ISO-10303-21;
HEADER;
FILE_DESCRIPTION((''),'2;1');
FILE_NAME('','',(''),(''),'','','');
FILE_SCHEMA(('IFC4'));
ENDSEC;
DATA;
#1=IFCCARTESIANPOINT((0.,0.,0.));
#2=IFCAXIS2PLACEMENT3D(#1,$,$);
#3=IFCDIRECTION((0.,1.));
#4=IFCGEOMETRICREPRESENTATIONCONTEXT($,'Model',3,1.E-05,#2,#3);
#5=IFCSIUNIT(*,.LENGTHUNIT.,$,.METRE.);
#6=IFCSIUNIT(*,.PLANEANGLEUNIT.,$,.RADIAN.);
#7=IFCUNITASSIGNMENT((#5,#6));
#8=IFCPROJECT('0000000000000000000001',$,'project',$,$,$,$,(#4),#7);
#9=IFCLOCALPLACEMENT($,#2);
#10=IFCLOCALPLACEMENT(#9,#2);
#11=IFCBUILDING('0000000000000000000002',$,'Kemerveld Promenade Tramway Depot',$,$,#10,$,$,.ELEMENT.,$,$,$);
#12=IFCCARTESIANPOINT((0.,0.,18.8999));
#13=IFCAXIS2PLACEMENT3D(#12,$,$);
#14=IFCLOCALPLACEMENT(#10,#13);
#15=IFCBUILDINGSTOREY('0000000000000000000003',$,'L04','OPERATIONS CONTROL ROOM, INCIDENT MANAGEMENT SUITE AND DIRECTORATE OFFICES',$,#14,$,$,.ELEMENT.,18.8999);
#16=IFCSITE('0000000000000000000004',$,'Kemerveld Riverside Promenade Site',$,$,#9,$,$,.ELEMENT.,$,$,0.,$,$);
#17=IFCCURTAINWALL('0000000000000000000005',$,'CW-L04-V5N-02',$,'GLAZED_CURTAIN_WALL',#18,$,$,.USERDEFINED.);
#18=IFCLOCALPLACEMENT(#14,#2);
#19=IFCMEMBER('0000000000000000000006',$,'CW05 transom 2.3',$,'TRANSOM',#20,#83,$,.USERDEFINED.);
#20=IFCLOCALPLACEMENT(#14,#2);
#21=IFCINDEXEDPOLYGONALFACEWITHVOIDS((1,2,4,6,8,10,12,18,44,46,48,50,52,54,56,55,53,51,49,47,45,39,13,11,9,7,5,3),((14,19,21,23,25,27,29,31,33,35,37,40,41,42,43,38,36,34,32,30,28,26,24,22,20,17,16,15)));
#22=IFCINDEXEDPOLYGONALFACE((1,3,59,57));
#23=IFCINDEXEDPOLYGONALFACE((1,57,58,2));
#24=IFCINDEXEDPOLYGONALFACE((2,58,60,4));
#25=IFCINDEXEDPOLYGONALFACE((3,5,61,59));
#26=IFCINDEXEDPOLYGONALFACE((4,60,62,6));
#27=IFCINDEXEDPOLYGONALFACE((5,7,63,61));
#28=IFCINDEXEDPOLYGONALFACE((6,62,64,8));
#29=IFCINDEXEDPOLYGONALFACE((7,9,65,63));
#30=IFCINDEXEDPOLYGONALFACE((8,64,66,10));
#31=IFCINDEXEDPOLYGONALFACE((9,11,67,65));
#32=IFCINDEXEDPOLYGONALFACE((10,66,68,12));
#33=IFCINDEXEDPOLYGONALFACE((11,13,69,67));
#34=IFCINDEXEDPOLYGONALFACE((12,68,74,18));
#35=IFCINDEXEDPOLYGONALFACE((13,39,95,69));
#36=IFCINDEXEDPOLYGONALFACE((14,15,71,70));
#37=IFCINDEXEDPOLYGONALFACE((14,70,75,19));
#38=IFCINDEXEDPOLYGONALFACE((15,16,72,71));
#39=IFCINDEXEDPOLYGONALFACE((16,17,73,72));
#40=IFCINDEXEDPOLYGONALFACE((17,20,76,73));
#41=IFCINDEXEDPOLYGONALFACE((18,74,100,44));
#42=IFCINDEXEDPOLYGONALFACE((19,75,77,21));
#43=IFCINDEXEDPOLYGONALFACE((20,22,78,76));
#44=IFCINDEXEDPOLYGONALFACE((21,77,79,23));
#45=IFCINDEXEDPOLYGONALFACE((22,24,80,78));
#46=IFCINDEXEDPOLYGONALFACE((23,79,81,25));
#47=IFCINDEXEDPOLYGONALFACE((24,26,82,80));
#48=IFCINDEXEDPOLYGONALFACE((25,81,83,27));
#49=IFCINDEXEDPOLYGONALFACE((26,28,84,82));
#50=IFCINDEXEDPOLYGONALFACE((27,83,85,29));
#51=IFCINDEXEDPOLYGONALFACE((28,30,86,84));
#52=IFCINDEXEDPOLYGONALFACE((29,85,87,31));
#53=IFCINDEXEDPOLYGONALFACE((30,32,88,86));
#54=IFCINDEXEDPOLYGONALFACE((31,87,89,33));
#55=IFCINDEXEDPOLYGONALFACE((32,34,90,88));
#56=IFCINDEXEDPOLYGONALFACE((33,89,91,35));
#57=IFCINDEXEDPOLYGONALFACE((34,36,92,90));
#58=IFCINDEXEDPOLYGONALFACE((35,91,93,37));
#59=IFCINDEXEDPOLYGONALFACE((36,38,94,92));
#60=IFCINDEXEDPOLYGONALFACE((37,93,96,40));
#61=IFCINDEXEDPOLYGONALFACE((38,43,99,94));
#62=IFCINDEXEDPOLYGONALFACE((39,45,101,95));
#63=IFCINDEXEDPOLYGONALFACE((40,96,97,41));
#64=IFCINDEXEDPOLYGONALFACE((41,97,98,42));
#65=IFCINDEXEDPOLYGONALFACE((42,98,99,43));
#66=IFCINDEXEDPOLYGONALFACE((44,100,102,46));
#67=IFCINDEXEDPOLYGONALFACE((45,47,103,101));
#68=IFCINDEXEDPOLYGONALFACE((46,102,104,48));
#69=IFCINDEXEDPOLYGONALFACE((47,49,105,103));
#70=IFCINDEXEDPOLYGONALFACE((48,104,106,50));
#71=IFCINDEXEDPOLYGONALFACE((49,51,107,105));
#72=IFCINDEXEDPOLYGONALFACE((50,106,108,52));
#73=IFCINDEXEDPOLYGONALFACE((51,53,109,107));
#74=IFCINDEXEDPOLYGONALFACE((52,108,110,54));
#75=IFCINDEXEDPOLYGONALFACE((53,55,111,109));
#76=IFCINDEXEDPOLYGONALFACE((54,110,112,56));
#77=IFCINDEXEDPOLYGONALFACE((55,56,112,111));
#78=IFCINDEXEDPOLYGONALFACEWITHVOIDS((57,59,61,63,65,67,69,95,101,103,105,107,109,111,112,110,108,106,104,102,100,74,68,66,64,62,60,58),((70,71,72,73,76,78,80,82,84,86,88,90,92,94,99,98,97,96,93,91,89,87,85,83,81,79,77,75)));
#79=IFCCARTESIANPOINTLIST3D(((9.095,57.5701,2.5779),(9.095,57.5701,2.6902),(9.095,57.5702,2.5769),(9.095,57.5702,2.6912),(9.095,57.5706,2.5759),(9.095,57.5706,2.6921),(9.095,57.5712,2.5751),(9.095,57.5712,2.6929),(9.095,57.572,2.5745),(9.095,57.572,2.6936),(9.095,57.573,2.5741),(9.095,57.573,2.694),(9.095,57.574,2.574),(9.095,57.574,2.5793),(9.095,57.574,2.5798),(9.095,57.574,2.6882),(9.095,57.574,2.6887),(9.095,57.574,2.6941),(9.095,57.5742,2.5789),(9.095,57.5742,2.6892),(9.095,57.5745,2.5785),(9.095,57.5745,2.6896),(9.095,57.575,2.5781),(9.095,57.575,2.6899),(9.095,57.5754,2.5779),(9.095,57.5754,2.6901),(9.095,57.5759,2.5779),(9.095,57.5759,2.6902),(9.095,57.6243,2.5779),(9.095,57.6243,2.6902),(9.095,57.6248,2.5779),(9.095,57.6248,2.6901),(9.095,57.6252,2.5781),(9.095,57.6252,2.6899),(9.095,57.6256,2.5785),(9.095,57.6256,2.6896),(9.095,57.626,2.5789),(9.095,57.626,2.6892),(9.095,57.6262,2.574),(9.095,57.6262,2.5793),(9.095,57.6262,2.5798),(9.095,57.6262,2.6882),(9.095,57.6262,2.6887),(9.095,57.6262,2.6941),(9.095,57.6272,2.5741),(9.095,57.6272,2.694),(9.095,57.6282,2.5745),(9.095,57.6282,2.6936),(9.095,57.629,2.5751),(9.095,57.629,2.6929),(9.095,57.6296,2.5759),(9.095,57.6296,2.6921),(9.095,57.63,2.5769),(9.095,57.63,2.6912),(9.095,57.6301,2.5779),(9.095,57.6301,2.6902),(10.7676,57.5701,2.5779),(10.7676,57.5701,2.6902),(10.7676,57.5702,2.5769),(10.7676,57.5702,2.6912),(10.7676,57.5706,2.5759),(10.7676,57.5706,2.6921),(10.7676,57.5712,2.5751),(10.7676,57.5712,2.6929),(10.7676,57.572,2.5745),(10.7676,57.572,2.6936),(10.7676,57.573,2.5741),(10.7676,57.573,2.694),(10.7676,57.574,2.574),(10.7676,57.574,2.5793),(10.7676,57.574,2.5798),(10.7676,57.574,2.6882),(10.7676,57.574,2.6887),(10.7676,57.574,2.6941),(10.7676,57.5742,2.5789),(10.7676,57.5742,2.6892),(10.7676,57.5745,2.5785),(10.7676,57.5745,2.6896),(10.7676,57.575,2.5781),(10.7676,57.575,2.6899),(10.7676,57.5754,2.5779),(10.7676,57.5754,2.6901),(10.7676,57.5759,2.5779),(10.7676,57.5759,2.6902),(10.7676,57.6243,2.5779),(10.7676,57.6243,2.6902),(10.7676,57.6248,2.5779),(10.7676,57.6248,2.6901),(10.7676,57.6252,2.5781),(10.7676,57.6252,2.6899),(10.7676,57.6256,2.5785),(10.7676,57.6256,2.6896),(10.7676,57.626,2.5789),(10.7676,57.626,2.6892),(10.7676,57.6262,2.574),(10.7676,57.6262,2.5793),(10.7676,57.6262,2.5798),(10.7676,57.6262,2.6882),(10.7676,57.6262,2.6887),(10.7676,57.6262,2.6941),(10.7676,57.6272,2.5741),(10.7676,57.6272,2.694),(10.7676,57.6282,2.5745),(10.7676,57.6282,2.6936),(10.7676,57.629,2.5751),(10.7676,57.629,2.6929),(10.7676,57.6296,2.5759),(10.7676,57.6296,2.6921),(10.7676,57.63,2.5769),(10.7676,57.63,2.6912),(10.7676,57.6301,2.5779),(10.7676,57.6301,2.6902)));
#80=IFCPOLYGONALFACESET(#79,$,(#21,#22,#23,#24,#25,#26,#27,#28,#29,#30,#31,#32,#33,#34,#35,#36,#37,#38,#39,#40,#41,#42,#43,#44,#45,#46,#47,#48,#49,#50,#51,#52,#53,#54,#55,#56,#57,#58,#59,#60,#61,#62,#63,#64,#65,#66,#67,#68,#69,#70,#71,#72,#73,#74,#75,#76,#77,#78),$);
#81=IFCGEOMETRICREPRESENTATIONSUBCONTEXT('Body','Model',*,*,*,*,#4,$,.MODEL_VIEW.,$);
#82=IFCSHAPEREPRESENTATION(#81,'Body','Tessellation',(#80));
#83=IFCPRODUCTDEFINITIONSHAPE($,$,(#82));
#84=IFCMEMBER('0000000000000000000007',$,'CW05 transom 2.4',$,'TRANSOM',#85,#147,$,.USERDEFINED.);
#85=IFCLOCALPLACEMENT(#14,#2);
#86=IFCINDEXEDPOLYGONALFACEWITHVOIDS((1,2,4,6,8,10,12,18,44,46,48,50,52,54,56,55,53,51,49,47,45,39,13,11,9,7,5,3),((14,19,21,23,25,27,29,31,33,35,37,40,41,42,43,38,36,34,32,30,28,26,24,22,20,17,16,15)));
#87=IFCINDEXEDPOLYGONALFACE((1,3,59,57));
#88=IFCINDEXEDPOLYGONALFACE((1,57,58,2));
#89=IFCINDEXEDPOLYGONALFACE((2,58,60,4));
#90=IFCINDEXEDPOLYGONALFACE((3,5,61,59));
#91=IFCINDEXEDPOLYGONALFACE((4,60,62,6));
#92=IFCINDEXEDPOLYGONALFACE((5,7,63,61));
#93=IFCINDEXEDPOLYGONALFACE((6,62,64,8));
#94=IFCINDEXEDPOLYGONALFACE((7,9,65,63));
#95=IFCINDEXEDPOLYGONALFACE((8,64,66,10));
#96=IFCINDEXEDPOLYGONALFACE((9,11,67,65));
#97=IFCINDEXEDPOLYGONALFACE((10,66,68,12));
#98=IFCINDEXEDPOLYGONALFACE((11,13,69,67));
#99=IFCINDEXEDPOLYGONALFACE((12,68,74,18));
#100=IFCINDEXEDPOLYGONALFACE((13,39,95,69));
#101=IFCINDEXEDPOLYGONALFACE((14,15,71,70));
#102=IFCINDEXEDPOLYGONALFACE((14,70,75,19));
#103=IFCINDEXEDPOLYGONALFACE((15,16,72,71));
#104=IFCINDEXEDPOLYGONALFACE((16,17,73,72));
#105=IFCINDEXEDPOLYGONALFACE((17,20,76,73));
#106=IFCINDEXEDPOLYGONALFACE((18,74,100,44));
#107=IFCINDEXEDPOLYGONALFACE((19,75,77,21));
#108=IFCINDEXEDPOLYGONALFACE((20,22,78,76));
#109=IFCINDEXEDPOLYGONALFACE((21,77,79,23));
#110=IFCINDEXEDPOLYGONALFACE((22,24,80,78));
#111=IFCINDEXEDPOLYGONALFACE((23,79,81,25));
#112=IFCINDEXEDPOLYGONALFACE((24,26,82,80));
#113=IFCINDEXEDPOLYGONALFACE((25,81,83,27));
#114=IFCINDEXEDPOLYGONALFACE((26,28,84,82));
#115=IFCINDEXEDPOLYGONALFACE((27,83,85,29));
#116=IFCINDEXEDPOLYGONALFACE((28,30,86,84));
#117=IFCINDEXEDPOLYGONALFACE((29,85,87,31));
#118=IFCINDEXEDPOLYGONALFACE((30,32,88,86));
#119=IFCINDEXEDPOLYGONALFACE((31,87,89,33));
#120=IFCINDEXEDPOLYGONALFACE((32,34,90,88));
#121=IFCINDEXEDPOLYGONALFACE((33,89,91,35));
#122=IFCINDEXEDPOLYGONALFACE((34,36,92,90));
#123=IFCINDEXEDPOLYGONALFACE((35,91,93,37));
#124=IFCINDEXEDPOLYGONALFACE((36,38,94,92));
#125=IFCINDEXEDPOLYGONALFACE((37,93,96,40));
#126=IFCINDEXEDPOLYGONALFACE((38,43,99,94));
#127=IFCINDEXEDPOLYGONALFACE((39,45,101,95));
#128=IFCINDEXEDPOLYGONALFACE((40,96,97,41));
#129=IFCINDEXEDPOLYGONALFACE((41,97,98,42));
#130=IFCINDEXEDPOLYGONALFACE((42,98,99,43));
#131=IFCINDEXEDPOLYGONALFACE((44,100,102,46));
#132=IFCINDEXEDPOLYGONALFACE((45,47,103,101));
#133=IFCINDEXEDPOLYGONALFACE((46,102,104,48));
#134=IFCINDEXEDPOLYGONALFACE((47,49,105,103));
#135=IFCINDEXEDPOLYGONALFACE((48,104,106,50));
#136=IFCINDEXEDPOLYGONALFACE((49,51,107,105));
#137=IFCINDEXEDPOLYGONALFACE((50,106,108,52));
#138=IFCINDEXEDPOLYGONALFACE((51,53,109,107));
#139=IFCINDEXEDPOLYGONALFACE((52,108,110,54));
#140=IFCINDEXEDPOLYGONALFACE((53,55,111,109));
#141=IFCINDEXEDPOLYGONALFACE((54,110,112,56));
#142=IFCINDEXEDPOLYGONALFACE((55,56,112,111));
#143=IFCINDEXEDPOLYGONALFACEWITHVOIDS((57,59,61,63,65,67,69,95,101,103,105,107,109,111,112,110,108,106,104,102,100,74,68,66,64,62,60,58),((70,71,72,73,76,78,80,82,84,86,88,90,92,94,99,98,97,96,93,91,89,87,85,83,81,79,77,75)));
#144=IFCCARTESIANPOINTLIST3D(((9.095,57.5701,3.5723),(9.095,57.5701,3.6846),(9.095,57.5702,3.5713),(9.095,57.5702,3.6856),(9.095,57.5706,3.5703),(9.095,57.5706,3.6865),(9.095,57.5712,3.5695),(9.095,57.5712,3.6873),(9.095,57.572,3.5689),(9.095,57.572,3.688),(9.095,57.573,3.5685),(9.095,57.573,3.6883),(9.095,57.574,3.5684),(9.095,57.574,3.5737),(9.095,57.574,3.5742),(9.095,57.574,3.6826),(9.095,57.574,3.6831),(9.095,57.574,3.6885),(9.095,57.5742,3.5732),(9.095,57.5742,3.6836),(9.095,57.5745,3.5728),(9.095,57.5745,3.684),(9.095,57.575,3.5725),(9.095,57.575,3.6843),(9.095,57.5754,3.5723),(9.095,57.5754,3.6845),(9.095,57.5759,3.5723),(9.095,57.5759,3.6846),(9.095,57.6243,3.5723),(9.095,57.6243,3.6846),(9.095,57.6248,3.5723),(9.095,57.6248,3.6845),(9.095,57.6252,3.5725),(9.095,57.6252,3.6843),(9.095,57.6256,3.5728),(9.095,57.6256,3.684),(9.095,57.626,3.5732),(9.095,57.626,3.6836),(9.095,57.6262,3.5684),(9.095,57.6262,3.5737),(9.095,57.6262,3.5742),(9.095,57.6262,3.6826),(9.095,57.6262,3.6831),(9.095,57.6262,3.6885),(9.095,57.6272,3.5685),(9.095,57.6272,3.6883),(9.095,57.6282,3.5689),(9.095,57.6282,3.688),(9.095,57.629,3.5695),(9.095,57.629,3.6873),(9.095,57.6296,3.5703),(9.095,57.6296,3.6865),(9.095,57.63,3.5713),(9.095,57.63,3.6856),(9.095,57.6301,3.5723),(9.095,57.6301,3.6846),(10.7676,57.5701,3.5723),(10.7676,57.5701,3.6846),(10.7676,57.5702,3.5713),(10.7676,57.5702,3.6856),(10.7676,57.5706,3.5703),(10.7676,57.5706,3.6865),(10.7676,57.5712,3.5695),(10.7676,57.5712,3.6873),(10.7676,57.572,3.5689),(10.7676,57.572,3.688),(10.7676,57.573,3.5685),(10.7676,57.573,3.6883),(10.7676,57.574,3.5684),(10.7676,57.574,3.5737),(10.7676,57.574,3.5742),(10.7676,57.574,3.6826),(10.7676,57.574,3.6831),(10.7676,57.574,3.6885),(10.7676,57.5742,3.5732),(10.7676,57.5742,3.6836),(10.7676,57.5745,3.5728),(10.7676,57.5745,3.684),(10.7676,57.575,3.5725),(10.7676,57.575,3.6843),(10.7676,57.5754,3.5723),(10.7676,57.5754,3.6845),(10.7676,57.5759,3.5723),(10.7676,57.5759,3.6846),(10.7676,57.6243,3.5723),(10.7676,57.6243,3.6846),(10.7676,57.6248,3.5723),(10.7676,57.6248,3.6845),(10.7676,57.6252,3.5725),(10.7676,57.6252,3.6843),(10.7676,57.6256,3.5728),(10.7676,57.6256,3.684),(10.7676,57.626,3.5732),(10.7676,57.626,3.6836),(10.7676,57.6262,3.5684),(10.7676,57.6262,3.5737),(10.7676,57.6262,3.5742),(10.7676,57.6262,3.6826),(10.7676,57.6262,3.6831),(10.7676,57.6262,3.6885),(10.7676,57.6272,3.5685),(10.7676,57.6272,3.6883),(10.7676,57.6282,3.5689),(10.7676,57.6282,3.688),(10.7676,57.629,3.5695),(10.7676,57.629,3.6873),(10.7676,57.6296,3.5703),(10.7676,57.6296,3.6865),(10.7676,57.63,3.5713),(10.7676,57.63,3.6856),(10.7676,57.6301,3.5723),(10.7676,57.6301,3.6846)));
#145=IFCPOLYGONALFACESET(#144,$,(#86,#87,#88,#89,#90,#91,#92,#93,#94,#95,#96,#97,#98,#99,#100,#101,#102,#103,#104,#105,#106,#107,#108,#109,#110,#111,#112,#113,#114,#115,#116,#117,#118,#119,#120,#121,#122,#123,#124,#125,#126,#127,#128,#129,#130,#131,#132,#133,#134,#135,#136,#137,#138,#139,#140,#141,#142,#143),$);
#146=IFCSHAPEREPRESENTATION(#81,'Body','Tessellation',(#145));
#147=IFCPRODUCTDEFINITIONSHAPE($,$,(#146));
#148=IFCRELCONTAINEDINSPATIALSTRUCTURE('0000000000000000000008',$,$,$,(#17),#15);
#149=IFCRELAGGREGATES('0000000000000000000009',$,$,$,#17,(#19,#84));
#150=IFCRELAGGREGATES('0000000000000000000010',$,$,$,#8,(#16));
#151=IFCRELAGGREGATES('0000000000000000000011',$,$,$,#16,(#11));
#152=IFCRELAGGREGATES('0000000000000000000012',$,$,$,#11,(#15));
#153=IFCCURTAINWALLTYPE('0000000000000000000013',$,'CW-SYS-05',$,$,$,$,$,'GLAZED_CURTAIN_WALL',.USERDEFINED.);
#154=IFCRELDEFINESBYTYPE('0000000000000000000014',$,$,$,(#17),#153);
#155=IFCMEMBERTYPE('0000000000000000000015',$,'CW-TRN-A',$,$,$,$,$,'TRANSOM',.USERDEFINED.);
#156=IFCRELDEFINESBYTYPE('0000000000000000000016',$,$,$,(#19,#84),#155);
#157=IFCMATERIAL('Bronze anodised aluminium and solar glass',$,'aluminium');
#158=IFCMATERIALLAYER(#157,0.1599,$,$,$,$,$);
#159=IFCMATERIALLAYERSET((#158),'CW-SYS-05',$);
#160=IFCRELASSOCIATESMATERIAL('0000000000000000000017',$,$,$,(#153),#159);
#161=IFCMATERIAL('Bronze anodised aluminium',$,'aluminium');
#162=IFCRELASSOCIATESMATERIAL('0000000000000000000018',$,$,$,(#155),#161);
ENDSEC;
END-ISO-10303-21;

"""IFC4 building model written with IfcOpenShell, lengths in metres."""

from ifc_helpers import new_model, si_unit, direction, frame, origin, origin_2d, place, context, subcontext, project, spatial, hollow_rectangle, extrude, material, layer, layer_set, material_profile, profile_set, type_object, element, aggregate, save


model = new_model("IFC4")

# Units and contexts
model_context = context("Model", 3, precision=1e-05, world=origin(), true_north=direction((0.0, 1.0)))
body_context = subcontext(model_context, "Body", "Model", "MODEL_VIEW")
ifc_project = project(units=[si_unit("LENGTHUNIT", "METRE"), si_unit("PLANEANGLEUNIT", "RADIAN")], contexts=[model_context])

# Site, building, storey
site_placement = place(None, origin())
site = spatial("IfcSite", under=ifc_project, at=site_placement, Name="Kemerveld Riverside Promenade Site", CompositionType="ELEMENT", RefElevation=0.0)
building_placement = place(site_placement, origin())
building = spatial("IfcBuilding", under=site, at=building_placement, Name="Kemerveld Promenade Tramway Depot", CompositionType="ELEMENT")
storey_placement = place(building_placement, frame((0.0, 0.0, 18.8999)))
storey = spatial("IfcBuildingStorey", under=building, at=storey_placement, Name="L04", Description="OPERATIONS CONTROL ROOM, INCIDENT MANAGEMENT SUITE AND DIRECTORATE OFFICES", CompositionType="ELEMENT", Elevation=18.8999)

# Curtain wall, members
ifc_material_1 = material(Name="Bronze anodised aluminium and solar glass", Category="aluminium")
ifc_layer_1 = layer(ifc_material_1, 0.1599)
ifc_layer_set_1 = layer_set([ifc_layer_1], Name="CW-SYS-05")
curtain_wall_type = type_object("IfcCurtainWallType", Name="CW-SYS-05", ElementType="GLAZED_CURTAIN_WALL", PredefinedType="USERDEFINED", material=ifc_layer_set_1)
curtain_wall_placement = place(storey_placement, origin())
curtain_wall = element("IfcCurtainWall", 1, at=curtain_wall_placement, inside=storey, type_object=curtain_wall_type, Name="CW-L04-V5N-02", ObjectType="GLAZED_CURTAIN_WALL", PredefinedType="USERDEFINED")
ifc_material_2 = material(Name="Bronze anodised aluminium", Category="aluminium")
ifc_material_profile_1 = material_profile(ifc_material_2, hollow_rectangle(XDim=0.0601, YDim=0.1201, WallThickness=0.0039, InnerFilletRadius=0.002, OuterFilletRadius=0.0039, at=origin_2d()), Name="CW-TRN-120x60")
ifc_profile_set_1 = profile_set([ifc_material_profile_1], Name="Bronze anodised aluminium")
member_type_1 = type_object("IfcMemberType", Name="CW-TRN-A", ElementType="TRANSOM", PredefinedType="USERDEFINED", material=ifc_profile_set_1)
member_1_placement = place(storey_placement, frame((9.095, 57.6001, 2.634), z_axis=(1.0, 0.0, 0.0), x_axis=(0.0, 1.0, 0.0)))
member_1 = element("IfcMember", 2, at=member_1_placement, type_object=member_type_1, Name="CW05 transom 2.3", ObjectType="TRANSOM", PredefinedType="USERDEFINED", context=body_context, shape_type="SweptSolid", body=[
    extrude(hollow_rectangle(XDim=0.0601, YDim=0.1201, WallThickness=0.0039, InnerFilletRadius=0.002, OuterFilletRadius=0.0039, at=origin_2d()), origin(), (0.0, 0.0, 1.0), 1.6726),
])
member_2_placement = place(storey_placement, frame((9.095, 57.6001, 3.6284), z_axis=(1.0, 0.0, 0.0), x_axis=(0.0, 1.0, 0.0)))
member_2 = element("IfcMember", 3, at=member_2_placement, type_object=member_type_1, Name="CW05 transom 2.4", ObjectType="TRANSOM", PredefinedType="USERDEFINED", context=body_context, shape_type="SweptSolid", body=[
    extrude(hollow_rectangle(XDim=0.0601, YDim=0.1201, WallThickness=0.0039, InnerFilletRadius=0.002, OuterFilletRadius=0.0039, at=origin_2d()), origin(), (0.0, 0.0, 1.0), 1.6726),
])

aggregate(curtain_wall, [member_1, member_2])

save(model, "model.ifc")
